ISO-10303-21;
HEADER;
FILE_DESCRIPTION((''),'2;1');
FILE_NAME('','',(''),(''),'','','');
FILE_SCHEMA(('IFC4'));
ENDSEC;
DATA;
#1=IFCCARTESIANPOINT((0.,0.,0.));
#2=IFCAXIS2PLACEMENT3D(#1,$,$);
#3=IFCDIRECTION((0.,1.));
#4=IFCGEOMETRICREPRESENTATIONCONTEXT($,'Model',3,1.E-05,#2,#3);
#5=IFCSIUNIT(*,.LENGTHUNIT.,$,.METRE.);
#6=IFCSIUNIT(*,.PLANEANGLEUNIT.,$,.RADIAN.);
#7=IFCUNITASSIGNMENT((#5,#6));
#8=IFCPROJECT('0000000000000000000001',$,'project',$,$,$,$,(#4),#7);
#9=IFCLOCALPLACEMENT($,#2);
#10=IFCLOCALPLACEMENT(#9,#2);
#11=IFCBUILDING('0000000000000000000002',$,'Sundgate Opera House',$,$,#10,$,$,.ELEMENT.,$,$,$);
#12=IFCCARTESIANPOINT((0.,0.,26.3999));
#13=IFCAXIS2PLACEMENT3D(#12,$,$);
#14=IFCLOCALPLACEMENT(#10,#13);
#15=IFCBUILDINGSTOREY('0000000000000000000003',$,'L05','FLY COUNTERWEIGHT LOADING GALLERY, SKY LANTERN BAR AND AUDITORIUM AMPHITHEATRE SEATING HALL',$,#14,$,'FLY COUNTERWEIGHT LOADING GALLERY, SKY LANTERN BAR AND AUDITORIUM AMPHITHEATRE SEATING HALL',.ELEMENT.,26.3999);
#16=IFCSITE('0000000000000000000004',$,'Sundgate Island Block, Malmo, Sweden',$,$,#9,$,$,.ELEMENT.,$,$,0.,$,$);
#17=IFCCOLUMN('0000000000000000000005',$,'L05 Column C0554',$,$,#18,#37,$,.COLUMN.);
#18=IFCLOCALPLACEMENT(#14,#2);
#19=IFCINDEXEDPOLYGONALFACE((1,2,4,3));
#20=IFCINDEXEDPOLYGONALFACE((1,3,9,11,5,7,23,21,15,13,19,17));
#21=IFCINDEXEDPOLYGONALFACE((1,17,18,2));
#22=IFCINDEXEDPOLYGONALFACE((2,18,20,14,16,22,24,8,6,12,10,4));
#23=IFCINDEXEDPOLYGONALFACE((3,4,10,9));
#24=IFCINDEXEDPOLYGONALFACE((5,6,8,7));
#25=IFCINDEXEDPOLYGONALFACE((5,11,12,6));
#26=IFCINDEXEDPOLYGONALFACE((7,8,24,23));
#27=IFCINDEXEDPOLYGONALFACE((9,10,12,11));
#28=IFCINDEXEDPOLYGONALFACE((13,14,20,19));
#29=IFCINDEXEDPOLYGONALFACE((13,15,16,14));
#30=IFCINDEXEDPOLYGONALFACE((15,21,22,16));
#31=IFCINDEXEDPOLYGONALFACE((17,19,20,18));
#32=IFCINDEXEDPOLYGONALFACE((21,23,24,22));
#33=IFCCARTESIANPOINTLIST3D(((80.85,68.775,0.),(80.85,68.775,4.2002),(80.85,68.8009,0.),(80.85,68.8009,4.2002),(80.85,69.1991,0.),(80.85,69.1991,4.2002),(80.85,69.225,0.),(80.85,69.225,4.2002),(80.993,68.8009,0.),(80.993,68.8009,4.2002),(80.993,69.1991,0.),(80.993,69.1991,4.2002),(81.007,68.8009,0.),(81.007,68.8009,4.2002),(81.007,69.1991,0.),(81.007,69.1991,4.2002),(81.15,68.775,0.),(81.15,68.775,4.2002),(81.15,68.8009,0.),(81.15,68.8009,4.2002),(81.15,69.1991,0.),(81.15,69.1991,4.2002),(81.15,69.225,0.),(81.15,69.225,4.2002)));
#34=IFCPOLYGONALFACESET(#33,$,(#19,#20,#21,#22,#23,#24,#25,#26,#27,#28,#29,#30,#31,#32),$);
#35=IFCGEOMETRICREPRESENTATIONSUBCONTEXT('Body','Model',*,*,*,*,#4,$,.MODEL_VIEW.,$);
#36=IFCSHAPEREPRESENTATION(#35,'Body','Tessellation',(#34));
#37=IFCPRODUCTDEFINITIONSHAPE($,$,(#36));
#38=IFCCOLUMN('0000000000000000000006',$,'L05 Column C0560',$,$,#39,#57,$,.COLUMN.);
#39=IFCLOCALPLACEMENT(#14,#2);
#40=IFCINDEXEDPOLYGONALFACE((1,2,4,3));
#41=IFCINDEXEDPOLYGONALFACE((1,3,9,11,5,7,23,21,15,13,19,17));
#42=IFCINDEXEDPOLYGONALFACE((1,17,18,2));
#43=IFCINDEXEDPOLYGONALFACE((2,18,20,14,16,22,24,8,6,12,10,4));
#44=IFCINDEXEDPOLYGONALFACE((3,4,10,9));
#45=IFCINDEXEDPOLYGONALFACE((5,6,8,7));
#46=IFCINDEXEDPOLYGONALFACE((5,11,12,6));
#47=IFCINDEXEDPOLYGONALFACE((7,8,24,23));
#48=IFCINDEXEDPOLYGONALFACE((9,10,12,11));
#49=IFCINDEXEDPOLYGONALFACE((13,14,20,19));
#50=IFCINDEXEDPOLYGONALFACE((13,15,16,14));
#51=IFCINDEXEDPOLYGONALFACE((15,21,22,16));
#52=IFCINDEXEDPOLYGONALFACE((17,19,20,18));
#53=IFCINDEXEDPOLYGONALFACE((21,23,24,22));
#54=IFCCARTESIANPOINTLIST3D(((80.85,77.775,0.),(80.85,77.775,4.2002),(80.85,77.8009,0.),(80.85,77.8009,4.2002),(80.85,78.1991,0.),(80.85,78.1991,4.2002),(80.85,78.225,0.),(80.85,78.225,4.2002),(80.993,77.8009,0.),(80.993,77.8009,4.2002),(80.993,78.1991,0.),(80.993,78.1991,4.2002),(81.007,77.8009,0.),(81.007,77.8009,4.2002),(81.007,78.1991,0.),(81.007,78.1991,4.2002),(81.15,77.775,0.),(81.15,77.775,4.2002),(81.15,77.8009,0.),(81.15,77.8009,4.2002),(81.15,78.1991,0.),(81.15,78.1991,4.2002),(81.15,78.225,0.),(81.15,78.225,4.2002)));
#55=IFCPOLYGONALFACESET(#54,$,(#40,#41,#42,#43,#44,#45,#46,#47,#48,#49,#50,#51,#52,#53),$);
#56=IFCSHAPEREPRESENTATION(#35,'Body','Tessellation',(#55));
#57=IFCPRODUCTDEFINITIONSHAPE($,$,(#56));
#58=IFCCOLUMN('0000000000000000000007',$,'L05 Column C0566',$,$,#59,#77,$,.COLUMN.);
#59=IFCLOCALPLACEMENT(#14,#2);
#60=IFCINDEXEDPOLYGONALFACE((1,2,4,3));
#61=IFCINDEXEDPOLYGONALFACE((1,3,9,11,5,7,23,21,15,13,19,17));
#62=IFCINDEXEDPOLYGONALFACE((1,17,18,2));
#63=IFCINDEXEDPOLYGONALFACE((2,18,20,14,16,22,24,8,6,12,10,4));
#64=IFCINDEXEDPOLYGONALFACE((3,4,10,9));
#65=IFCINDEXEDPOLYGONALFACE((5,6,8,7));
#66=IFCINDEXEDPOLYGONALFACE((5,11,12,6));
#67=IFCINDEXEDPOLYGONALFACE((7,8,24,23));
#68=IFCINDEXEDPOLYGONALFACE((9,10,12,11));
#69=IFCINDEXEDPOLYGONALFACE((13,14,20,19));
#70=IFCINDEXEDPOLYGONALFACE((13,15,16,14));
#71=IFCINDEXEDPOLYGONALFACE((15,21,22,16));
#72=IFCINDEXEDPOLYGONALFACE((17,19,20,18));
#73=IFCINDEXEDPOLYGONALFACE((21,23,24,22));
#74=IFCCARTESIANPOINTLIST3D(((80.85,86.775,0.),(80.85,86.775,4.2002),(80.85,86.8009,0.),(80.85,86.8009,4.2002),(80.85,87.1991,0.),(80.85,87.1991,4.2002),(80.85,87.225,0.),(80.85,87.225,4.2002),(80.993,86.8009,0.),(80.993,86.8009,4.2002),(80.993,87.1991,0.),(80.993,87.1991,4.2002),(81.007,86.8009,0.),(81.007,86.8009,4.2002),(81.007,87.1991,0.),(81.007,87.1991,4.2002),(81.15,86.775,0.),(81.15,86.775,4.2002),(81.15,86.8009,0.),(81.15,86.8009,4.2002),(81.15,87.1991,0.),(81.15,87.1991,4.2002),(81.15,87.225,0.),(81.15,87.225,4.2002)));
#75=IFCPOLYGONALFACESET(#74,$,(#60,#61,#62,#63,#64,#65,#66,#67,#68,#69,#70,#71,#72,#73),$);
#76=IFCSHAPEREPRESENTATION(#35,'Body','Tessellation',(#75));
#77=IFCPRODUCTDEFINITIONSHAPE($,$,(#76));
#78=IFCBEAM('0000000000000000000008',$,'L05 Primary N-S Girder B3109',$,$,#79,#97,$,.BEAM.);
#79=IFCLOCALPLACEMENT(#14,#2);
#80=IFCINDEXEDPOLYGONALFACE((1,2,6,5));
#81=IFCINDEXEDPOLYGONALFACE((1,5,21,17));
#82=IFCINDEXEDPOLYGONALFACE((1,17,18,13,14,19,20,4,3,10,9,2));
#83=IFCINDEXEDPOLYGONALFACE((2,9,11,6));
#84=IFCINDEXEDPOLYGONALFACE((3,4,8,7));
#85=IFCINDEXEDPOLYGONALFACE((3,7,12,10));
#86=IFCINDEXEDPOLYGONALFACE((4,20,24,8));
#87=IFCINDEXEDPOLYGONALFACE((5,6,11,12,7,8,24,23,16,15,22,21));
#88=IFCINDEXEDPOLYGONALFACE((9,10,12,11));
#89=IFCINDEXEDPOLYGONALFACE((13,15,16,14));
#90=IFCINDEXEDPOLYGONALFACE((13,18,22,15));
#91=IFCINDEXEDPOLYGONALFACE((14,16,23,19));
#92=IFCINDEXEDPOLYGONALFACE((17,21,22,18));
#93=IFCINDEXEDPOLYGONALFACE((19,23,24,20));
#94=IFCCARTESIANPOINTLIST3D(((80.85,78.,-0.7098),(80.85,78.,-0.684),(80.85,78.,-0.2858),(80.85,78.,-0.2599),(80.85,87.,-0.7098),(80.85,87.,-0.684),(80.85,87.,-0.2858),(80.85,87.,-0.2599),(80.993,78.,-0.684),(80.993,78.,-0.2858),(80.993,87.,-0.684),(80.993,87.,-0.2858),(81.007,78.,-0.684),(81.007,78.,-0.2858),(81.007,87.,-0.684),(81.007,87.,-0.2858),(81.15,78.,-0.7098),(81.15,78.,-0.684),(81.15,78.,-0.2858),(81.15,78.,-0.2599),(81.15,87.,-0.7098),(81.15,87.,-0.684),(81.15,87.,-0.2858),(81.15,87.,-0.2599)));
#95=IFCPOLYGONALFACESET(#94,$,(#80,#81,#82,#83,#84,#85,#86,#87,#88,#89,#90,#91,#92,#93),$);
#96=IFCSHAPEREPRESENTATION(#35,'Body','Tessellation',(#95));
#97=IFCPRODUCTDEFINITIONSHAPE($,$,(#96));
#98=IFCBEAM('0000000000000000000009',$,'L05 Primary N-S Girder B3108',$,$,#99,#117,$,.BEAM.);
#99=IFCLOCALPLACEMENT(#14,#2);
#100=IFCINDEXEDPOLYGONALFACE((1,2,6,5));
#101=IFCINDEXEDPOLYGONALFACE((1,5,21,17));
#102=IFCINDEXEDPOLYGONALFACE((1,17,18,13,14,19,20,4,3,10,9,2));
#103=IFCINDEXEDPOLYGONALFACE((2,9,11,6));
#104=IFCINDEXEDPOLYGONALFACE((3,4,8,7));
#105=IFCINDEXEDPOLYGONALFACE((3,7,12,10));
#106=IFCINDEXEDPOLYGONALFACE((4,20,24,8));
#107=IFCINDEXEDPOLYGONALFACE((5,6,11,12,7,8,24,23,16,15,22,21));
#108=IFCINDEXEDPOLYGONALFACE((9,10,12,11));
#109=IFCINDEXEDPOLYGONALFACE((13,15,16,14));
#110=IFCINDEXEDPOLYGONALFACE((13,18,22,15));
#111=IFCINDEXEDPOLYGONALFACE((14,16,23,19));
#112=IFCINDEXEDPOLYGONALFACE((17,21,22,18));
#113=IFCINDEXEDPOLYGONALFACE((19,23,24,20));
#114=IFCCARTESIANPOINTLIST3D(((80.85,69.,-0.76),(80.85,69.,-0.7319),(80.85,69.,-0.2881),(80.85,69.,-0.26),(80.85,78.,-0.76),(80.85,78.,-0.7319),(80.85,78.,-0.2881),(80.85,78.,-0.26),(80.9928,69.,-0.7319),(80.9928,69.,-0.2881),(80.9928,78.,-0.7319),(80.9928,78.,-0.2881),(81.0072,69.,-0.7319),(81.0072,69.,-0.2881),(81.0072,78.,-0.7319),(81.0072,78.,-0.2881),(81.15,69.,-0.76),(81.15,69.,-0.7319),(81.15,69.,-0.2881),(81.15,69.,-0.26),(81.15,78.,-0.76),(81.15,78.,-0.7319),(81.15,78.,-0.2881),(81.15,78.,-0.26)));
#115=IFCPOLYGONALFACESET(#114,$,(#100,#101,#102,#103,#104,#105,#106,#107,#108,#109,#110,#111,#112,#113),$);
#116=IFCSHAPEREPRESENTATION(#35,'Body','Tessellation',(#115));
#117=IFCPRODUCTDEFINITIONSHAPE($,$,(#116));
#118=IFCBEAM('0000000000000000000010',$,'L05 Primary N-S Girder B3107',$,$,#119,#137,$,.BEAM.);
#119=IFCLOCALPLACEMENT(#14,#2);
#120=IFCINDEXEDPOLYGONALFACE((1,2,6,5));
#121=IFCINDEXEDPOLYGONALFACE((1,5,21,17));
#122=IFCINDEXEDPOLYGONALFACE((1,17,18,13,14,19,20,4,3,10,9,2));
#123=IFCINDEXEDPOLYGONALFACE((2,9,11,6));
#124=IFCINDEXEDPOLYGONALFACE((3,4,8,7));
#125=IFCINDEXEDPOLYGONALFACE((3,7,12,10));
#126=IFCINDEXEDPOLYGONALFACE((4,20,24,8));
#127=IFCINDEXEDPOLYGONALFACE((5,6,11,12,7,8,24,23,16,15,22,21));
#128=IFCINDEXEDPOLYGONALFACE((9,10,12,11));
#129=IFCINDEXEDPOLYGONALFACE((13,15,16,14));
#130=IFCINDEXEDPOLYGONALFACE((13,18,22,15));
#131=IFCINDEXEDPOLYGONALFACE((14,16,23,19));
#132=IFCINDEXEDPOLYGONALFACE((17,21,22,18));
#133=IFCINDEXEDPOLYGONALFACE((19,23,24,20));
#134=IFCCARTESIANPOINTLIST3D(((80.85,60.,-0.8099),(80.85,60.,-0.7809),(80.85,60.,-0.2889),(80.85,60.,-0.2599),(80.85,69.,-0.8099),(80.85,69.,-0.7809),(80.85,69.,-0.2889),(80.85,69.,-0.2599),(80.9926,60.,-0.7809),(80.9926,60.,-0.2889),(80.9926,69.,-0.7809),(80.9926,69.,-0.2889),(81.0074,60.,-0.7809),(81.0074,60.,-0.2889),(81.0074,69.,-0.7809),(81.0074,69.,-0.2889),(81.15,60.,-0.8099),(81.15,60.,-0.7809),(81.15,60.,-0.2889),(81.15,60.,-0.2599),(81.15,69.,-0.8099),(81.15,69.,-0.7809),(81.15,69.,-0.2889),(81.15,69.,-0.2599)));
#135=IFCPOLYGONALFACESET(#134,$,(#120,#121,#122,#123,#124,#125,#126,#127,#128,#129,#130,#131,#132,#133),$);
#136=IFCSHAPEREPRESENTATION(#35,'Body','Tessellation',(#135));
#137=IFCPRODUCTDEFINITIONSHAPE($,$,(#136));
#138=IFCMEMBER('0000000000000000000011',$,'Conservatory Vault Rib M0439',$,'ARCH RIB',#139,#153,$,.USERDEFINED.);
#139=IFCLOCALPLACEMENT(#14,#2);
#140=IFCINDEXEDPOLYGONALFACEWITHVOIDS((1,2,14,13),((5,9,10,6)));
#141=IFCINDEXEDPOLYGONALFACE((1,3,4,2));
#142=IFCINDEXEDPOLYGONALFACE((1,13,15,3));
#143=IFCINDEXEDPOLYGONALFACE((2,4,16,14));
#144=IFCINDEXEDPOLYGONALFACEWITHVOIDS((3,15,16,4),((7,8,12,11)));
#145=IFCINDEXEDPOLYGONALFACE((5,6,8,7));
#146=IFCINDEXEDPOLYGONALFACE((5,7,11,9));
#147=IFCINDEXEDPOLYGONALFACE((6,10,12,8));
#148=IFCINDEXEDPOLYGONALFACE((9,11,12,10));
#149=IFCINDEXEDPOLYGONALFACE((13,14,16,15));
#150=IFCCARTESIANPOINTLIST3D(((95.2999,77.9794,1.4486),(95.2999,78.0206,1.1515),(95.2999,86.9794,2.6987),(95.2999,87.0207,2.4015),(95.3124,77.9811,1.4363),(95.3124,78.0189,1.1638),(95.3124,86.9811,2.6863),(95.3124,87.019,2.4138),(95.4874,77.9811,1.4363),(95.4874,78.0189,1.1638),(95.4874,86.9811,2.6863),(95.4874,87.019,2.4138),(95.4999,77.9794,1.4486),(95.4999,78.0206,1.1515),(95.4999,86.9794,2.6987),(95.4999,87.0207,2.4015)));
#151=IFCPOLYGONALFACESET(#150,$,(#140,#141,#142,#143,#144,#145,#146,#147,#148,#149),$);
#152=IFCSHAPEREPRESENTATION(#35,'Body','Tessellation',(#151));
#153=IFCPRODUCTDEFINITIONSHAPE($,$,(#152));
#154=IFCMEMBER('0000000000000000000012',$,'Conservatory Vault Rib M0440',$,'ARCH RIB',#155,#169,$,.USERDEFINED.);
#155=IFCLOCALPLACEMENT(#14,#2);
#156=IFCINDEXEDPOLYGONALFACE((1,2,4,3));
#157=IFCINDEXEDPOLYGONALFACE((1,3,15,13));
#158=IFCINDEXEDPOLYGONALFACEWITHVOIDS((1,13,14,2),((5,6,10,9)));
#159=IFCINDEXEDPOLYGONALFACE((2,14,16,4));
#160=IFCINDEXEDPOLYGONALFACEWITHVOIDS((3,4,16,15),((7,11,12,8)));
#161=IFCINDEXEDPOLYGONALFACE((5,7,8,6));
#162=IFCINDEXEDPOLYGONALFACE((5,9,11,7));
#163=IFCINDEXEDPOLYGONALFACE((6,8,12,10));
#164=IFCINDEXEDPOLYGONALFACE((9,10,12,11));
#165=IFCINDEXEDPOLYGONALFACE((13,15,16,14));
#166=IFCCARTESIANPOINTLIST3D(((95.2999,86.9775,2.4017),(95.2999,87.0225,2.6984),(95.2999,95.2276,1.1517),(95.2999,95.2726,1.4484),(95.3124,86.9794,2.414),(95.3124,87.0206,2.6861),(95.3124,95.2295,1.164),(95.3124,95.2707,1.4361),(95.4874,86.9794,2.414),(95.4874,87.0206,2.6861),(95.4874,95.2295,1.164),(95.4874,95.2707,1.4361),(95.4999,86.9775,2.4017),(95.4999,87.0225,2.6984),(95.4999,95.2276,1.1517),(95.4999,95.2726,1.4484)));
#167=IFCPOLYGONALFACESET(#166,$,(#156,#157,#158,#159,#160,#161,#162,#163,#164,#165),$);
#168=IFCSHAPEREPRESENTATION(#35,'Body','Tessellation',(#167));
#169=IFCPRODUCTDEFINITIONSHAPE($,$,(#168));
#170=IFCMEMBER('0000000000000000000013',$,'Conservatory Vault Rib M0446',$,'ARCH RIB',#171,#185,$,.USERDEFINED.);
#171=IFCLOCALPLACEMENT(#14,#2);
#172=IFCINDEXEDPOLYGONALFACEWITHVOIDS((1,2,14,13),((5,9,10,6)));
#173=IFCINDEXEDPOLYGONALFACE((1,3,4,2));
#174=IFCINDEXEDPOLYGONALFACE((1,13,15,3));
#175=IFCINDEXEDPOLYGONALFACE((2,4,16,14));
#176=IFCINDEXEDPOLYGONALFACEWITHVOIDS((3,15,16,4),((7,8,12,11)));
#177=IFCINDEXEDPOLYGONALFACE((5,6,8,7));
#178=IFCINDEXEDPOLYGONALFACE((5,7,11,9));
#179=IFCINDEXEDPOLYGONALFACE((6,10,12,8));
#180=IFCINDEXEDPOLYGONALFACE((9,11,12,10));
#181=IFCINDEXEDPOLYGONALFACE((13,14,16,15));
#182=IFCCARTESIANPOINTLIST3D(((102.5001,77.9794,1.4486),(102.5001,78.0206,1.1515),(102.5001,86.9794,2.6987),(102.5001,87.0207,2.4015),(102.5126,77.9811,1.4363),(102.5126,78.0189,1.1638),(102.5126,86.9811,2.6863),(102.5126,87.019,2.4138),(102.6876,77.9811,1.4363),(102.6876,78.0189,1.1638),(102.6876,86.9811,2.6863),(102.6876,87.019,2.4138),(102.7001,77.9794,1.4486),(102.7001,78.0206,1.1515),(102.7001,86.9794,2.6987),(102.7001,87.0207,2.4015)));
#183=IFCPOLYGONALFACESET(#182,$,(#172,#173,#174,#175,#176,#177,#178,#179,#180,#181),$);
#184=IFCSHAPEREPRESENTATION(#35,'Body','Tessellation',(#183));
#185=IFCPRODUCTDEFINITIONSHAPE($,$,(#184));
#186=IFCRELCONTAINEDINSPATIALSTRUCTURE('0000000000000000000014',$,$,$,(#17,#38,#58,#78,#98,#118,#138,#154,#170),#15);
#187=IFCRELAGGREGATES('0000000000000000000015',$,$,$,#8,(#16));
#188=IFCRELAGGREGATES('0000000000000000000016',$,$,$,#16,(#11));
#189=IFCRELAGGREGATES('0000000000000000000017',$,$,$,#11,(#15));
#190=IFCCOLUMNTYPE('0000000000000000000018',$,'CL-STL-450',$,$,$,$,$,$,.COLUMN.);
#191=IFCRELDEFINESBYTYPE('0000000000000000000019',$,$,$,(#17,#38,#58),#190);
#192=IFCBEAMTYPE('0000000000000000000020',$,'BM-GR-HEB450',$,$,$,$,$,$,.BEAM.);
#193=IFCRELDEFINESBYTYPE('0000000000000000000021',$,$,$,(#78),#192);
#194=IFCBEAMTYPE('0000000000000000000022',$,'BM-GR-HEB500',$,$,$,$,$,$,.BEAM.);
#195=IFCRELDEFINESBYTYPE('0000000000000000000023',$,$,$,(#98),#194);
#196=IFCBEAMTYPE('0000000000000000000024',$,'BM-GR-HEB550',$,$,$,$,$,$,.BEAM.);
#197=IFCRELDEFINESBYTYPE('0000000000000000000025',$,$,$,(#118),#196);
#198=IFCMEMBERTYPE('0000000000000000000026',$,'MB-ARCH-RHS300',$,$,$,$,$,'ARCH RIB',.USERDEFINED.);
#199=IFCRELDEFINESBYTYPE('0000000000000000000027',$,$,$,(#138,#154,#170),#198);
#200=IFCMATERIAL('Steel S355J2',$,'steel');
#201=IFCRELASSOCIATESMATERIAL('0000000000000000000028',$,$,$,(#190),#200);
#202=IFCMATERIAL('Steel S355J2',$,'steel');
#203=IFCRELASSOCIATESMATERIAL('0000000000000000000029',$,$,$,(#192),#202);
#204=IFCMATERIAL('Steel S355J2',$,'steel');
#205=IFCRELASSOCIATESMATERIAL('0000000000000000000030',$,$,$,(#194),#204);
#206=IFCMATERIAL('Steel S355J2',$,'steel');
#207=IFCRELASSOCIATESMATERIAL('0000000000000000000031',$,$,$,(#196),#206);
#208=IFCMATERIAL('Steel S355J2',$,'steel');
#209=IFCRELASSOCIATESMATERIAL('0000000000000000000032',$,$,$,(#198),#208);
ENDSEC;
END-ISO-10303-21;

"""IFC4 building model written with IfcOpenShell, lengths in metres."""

from ifc_helpers import new_model, si_unit, direction, frame, origin, origin_2d, place, context, subcontext, project, spatial, hollow_rectangle, i_section, extrude, material, material_profile, profile_set, type_object, element, save


model = new_model("IFC4")

# Units and contexts
model_context = context("Model", 3, precision=1e-05, world=origin(), true_north=direction((0.0, 1.0)))
body_context = subcontext(model_context, "Body", "Model", "MODEL_VIEW")
ifc_project = project(units=[si_unit("LENGTHUNIT", "METRE"), si_unit("PLANEANGLEUNIT", "RADIAN")], contexts=[model_context])

# Site, building, storey
site_placement = place(None, origin())
site = spatial("IfcSite", under=ifc_project, at=site_placement, Name="Sundgate Island Block, Malmo, Sweden", CompositionType="ELEMENT", RefElevation=0.0)
building_placement = place(site_placement, origin())
building = spatial("IfcBuilding", under=site, at=building_placement, Name="Sundgate Opera House", CompositionType="ELEMENT")
storey_placement = place(building_placement, frame((0.0, 0.0, 26.3999)))
storey = spatial("IfcBuildingStorey", under=building, at=storey_placement, Name="L05", Description="FLY COUNTERWEIGHT LOADING GALLERY, SKY LANTERN BAR AND AUDITORIUM AMPHITHEATRE SEATING HALL", LongName="FLY COUNTERWEIGHT LOADING GALLERY, SKY LANTERN BAR AND AUDITORIUM AMPHITHEATRE SEATING HALL", CompositionType="ELEMENT", Elevation=26.3999)

# Columns
ifc_material_1 = material(Name="Steel S355J2", Category="steel")
ifc_material_profile_1 = material_profile(ifc_material_1, i_section(OverallWidth=0.3, OverallDepth=0.45, WebThickness=0.0139, FlangeThickness=0.0259, at=origin_2d()), Name="HEB 450")
ifc_profile_set_1 = profile_set([ifc_material_profile_1], Name="Steel S355J2")
column_type = type_object("IfcColumnType", Name="CL-STL-450", PredefinedType="COLUMN", material=ifc_profile_set_1)
for number, where, z_axis, x_axis, name in (
    (1, (81.0, 69.0, 0.0), (0.0, 0.0, 1.0), (1.0, 0.0, 0.0), "L05 Column C0554"),
    (2, (81.0, 78.0, 0.0), (0.0, 0.0, 1.0), (1.0, 0.0, 0.0), "L05 Column C0560"),
    (3, (81.0, 87.0, 0.0), (0.0, 0.0, 1.0), (1.0, 0.0, 0.0), "L05 Column C0566"),
):
    element("IfcColumn", number, at=place(storey_placement, frame(where, z_axis=z_axis, x_axis=x_axis)), inside=storey, type_object=column_type, Name=name, PredefinedType="COLUMN", context=body_context, shape_type="SweptSolid", body=[
        extrude(i_section(OverallWidth=0.3, OverallDepth=0.45, WebThickness=0.0139, FlangeThickness=0.0259, at=origin_2d()), origin(), (0.0, 0.0, 1.0), 4.2002),
    ])

# Beams
ifc_material_2 = material(Name="Steel S355J2", Category="steel")
ifc_material_profile_2 = material_profile(ifc_material_2, i_section(OverallWidth=0.3, OverallDepth=0.45, WebThickness=0.0139, FlangeThickness=0.0259, at=origin_2d()), Name="HEB 450")
ifc_profile_set_2 = profile_set([ifc_material_profile_2], Name="Steel S355J2")
beam_type_1 = type_object("IfcBeamType", Name="BM-GR-HEB450", PredefinedType="BEAM", material=ifc_profile_set_2)
beam_1_placement = place(storey_placement, frame((81.0, 78.0, -0.4849), z_axis=(0.0, 1.0, 0.0), x_axis=(-1.0, 0.0, 0.0)))
element("IfcBeam", 4, at=beam_1_placement, inside=storey, type_object=beam_type_1, Name="L05 Primary N-S Girder B3109", PredefinedType="BEAM", context=body_context, shape_type="SweptSolid", body=[
    extrude(i_section(OverallWidth=0.3, OverallDepth=0.45, WebThickness=0.0139, FlangeThickness=0.0259, at=origin_2d()), origin(), (0.0, 0.0, 1.0), 9.0),
])
ifc_material_3 = material(Name="Steel S355J2", Category="steel")
ifc_material_profile_3 = material_profile(ifc_material_3, i_section(OverallWidth=0.3, OverallDepth=0.5, WebThickness=0.0144, FlangeThickness=0.0281, at=origin_2d()), Name="HEB 500")
ifc_profile_set_3 = profile_set([ifc_material_profile_3], Name="Steel S355J2")
beam_type_2 = type_object("IfcBeamType", Name="BM-GR-HEB500", PredefinedType="BEAM", material=ifc_profile_set_3)
beam_2_placement = place(storey_placement, frame((81.0, 69.0, -0.51), z_axis=(0.0, 1.0, 0.0), x_axis=(-1.0, 0.0, 0.0)))
element("IfcBeam", 5, at=beam_2_placement, inside=storey, type_object=beam_type_2, Name="L05 Primary N-S Girder B3108", PredefinedType="BEAM", context=body_context, shape_type="SweptSolid", body=[
    extrude(i_section(OverallWidth=0.3, OverallDepth=0.5, WebThickness=0.0144, FlangeThickness=0.0281, at=origin_2d()), origin(), (0.0, 0.0, 1.0), 9.0),
])
ifc_material_4 = material(Name="Steel S355J2", Category="steel")
ifc_material_profile_4 = material_profile(ifc_material_4, i_section(OverallWidth=0.3, OverallDepth=0.55, WebThickness=0.0149, FlangeThickness=0.0291, at=origin_2d()), Name="HEB 550")
ifc_profile_set_4 = profile_set([ifc_material_profile_4], Name="Steel S355J2")
beam_type_3 = type_object("IfcBeamType", Name="BM-GR-HEB550", PredefinedType="BEAM", material=ifc_profile_set_4)
beam_3_placement = place(storey_placement, frame((81.0, 60.0, -0.5349), z_axis=(0.0, 1.0, 0.0), x_axis=(-1.0, 0.0, 0.0)))
element("IfcBeam", 6, at=beam_3_placement, inside=storey, type_object=beam_type_3, Name="L05 Primary N-S Girder B3107", PredefinedType="BEAM", context=body_context, shape_type="SweptSolid", body=[
    extrude(i_section(OverallWidth=0.3, OverallDepth=0.55, WebThickness=0.0149, FlangeThickness=0.0291, at=origin_2d()), origin(), (0.0, 0.0, 1.0), 9.0),
])

# Members
ifc_material_5 = material(Name="Steel S355J2", Category="steel")
ifc_material_profile_5 = material_profile(ifc_material_5, hollow_rectangle(XDim=0.2, YDim=0.3, WallThickness=0.0125, at=origin_2d()), Name="RHS 300x200x12.5")
ifc_profile_set_5 = profile_set([ifc_material_profile_5], Name="Steel S355J2")
member_type = type_object("IfcMemberType", Name="MB-ARCH-RHS300", ElementType="ARCH RIB", PredefinedType="USERDEFINED", material=ifc_profile_set_5)
member_1_placement = place(storey_placement, frame((95.3999, 78.0, 1.3), z_axis=(0.0, 0.990492, 0.137568), x_axis=(-1.0, 0.0, 0.0)))
element("IfcMember", 7, at=member_1_placement, inside=storey, type_object=member_type, Name="Conservatory Vault Rib M0439", ObjectType="ARCH RIB", PredefinedType="USERDEFINED", context=body_context, shape_type="SweptSolid", body=[
    extrude(hollow_rectangle(XDim=0.2, YDim=0.3, WallThickness=0.0125, at=origin_2d()), origin(), (0.0, 0.0, 1.0), 9.0864),
])
member_2_placement = place(storey_placement, frame((95.3999, 87.0, 2.55), z_axis=(0.0, 0.988716, -0.149805), x_axis=(-1.0, 0.0, 0.0)))
element("IfcMember", 8, at=member_2_placement, inside=storey, type_object=member_type, Name="Conservatory Vault Rib M0440", ObjectType="ARCH RIB", PredefinedType="USERDEFINED", context=body_context, shape_type="SweptSolid", body=[
    extrude(hollow_rectangle(XDim=0.2, YDim=0.3, WallThickness=0.0125, at=origin_2d()), origin(), (0.0, 0.0, 1.0), 8.3442),
])
member_3_placement = place(storey_placement, frame((102.6001, 78.0, 1.3), z_axis=(0.0, 0.990492, 0.137568), x_axis=(-1.0, 0.0, 0.0)))
element("IfcMember", 9, at=member_3_placement, inside=storey, type_object=member_type, Name="Conservatory Vault Rib M0446", ObjectType="ARCH RIB", PredefinedType="USERDEFINED", context=body_context, shape_type="SweptSolid", body=[
    extrude(hollow_rectangle(XDim=0.2, YDim=0.3, WallThickness=0.0125, at=origin_2d()), origin(), (0.0, 0.0, 1.0), 9.0864),
])

save(model, "model.ifc")
